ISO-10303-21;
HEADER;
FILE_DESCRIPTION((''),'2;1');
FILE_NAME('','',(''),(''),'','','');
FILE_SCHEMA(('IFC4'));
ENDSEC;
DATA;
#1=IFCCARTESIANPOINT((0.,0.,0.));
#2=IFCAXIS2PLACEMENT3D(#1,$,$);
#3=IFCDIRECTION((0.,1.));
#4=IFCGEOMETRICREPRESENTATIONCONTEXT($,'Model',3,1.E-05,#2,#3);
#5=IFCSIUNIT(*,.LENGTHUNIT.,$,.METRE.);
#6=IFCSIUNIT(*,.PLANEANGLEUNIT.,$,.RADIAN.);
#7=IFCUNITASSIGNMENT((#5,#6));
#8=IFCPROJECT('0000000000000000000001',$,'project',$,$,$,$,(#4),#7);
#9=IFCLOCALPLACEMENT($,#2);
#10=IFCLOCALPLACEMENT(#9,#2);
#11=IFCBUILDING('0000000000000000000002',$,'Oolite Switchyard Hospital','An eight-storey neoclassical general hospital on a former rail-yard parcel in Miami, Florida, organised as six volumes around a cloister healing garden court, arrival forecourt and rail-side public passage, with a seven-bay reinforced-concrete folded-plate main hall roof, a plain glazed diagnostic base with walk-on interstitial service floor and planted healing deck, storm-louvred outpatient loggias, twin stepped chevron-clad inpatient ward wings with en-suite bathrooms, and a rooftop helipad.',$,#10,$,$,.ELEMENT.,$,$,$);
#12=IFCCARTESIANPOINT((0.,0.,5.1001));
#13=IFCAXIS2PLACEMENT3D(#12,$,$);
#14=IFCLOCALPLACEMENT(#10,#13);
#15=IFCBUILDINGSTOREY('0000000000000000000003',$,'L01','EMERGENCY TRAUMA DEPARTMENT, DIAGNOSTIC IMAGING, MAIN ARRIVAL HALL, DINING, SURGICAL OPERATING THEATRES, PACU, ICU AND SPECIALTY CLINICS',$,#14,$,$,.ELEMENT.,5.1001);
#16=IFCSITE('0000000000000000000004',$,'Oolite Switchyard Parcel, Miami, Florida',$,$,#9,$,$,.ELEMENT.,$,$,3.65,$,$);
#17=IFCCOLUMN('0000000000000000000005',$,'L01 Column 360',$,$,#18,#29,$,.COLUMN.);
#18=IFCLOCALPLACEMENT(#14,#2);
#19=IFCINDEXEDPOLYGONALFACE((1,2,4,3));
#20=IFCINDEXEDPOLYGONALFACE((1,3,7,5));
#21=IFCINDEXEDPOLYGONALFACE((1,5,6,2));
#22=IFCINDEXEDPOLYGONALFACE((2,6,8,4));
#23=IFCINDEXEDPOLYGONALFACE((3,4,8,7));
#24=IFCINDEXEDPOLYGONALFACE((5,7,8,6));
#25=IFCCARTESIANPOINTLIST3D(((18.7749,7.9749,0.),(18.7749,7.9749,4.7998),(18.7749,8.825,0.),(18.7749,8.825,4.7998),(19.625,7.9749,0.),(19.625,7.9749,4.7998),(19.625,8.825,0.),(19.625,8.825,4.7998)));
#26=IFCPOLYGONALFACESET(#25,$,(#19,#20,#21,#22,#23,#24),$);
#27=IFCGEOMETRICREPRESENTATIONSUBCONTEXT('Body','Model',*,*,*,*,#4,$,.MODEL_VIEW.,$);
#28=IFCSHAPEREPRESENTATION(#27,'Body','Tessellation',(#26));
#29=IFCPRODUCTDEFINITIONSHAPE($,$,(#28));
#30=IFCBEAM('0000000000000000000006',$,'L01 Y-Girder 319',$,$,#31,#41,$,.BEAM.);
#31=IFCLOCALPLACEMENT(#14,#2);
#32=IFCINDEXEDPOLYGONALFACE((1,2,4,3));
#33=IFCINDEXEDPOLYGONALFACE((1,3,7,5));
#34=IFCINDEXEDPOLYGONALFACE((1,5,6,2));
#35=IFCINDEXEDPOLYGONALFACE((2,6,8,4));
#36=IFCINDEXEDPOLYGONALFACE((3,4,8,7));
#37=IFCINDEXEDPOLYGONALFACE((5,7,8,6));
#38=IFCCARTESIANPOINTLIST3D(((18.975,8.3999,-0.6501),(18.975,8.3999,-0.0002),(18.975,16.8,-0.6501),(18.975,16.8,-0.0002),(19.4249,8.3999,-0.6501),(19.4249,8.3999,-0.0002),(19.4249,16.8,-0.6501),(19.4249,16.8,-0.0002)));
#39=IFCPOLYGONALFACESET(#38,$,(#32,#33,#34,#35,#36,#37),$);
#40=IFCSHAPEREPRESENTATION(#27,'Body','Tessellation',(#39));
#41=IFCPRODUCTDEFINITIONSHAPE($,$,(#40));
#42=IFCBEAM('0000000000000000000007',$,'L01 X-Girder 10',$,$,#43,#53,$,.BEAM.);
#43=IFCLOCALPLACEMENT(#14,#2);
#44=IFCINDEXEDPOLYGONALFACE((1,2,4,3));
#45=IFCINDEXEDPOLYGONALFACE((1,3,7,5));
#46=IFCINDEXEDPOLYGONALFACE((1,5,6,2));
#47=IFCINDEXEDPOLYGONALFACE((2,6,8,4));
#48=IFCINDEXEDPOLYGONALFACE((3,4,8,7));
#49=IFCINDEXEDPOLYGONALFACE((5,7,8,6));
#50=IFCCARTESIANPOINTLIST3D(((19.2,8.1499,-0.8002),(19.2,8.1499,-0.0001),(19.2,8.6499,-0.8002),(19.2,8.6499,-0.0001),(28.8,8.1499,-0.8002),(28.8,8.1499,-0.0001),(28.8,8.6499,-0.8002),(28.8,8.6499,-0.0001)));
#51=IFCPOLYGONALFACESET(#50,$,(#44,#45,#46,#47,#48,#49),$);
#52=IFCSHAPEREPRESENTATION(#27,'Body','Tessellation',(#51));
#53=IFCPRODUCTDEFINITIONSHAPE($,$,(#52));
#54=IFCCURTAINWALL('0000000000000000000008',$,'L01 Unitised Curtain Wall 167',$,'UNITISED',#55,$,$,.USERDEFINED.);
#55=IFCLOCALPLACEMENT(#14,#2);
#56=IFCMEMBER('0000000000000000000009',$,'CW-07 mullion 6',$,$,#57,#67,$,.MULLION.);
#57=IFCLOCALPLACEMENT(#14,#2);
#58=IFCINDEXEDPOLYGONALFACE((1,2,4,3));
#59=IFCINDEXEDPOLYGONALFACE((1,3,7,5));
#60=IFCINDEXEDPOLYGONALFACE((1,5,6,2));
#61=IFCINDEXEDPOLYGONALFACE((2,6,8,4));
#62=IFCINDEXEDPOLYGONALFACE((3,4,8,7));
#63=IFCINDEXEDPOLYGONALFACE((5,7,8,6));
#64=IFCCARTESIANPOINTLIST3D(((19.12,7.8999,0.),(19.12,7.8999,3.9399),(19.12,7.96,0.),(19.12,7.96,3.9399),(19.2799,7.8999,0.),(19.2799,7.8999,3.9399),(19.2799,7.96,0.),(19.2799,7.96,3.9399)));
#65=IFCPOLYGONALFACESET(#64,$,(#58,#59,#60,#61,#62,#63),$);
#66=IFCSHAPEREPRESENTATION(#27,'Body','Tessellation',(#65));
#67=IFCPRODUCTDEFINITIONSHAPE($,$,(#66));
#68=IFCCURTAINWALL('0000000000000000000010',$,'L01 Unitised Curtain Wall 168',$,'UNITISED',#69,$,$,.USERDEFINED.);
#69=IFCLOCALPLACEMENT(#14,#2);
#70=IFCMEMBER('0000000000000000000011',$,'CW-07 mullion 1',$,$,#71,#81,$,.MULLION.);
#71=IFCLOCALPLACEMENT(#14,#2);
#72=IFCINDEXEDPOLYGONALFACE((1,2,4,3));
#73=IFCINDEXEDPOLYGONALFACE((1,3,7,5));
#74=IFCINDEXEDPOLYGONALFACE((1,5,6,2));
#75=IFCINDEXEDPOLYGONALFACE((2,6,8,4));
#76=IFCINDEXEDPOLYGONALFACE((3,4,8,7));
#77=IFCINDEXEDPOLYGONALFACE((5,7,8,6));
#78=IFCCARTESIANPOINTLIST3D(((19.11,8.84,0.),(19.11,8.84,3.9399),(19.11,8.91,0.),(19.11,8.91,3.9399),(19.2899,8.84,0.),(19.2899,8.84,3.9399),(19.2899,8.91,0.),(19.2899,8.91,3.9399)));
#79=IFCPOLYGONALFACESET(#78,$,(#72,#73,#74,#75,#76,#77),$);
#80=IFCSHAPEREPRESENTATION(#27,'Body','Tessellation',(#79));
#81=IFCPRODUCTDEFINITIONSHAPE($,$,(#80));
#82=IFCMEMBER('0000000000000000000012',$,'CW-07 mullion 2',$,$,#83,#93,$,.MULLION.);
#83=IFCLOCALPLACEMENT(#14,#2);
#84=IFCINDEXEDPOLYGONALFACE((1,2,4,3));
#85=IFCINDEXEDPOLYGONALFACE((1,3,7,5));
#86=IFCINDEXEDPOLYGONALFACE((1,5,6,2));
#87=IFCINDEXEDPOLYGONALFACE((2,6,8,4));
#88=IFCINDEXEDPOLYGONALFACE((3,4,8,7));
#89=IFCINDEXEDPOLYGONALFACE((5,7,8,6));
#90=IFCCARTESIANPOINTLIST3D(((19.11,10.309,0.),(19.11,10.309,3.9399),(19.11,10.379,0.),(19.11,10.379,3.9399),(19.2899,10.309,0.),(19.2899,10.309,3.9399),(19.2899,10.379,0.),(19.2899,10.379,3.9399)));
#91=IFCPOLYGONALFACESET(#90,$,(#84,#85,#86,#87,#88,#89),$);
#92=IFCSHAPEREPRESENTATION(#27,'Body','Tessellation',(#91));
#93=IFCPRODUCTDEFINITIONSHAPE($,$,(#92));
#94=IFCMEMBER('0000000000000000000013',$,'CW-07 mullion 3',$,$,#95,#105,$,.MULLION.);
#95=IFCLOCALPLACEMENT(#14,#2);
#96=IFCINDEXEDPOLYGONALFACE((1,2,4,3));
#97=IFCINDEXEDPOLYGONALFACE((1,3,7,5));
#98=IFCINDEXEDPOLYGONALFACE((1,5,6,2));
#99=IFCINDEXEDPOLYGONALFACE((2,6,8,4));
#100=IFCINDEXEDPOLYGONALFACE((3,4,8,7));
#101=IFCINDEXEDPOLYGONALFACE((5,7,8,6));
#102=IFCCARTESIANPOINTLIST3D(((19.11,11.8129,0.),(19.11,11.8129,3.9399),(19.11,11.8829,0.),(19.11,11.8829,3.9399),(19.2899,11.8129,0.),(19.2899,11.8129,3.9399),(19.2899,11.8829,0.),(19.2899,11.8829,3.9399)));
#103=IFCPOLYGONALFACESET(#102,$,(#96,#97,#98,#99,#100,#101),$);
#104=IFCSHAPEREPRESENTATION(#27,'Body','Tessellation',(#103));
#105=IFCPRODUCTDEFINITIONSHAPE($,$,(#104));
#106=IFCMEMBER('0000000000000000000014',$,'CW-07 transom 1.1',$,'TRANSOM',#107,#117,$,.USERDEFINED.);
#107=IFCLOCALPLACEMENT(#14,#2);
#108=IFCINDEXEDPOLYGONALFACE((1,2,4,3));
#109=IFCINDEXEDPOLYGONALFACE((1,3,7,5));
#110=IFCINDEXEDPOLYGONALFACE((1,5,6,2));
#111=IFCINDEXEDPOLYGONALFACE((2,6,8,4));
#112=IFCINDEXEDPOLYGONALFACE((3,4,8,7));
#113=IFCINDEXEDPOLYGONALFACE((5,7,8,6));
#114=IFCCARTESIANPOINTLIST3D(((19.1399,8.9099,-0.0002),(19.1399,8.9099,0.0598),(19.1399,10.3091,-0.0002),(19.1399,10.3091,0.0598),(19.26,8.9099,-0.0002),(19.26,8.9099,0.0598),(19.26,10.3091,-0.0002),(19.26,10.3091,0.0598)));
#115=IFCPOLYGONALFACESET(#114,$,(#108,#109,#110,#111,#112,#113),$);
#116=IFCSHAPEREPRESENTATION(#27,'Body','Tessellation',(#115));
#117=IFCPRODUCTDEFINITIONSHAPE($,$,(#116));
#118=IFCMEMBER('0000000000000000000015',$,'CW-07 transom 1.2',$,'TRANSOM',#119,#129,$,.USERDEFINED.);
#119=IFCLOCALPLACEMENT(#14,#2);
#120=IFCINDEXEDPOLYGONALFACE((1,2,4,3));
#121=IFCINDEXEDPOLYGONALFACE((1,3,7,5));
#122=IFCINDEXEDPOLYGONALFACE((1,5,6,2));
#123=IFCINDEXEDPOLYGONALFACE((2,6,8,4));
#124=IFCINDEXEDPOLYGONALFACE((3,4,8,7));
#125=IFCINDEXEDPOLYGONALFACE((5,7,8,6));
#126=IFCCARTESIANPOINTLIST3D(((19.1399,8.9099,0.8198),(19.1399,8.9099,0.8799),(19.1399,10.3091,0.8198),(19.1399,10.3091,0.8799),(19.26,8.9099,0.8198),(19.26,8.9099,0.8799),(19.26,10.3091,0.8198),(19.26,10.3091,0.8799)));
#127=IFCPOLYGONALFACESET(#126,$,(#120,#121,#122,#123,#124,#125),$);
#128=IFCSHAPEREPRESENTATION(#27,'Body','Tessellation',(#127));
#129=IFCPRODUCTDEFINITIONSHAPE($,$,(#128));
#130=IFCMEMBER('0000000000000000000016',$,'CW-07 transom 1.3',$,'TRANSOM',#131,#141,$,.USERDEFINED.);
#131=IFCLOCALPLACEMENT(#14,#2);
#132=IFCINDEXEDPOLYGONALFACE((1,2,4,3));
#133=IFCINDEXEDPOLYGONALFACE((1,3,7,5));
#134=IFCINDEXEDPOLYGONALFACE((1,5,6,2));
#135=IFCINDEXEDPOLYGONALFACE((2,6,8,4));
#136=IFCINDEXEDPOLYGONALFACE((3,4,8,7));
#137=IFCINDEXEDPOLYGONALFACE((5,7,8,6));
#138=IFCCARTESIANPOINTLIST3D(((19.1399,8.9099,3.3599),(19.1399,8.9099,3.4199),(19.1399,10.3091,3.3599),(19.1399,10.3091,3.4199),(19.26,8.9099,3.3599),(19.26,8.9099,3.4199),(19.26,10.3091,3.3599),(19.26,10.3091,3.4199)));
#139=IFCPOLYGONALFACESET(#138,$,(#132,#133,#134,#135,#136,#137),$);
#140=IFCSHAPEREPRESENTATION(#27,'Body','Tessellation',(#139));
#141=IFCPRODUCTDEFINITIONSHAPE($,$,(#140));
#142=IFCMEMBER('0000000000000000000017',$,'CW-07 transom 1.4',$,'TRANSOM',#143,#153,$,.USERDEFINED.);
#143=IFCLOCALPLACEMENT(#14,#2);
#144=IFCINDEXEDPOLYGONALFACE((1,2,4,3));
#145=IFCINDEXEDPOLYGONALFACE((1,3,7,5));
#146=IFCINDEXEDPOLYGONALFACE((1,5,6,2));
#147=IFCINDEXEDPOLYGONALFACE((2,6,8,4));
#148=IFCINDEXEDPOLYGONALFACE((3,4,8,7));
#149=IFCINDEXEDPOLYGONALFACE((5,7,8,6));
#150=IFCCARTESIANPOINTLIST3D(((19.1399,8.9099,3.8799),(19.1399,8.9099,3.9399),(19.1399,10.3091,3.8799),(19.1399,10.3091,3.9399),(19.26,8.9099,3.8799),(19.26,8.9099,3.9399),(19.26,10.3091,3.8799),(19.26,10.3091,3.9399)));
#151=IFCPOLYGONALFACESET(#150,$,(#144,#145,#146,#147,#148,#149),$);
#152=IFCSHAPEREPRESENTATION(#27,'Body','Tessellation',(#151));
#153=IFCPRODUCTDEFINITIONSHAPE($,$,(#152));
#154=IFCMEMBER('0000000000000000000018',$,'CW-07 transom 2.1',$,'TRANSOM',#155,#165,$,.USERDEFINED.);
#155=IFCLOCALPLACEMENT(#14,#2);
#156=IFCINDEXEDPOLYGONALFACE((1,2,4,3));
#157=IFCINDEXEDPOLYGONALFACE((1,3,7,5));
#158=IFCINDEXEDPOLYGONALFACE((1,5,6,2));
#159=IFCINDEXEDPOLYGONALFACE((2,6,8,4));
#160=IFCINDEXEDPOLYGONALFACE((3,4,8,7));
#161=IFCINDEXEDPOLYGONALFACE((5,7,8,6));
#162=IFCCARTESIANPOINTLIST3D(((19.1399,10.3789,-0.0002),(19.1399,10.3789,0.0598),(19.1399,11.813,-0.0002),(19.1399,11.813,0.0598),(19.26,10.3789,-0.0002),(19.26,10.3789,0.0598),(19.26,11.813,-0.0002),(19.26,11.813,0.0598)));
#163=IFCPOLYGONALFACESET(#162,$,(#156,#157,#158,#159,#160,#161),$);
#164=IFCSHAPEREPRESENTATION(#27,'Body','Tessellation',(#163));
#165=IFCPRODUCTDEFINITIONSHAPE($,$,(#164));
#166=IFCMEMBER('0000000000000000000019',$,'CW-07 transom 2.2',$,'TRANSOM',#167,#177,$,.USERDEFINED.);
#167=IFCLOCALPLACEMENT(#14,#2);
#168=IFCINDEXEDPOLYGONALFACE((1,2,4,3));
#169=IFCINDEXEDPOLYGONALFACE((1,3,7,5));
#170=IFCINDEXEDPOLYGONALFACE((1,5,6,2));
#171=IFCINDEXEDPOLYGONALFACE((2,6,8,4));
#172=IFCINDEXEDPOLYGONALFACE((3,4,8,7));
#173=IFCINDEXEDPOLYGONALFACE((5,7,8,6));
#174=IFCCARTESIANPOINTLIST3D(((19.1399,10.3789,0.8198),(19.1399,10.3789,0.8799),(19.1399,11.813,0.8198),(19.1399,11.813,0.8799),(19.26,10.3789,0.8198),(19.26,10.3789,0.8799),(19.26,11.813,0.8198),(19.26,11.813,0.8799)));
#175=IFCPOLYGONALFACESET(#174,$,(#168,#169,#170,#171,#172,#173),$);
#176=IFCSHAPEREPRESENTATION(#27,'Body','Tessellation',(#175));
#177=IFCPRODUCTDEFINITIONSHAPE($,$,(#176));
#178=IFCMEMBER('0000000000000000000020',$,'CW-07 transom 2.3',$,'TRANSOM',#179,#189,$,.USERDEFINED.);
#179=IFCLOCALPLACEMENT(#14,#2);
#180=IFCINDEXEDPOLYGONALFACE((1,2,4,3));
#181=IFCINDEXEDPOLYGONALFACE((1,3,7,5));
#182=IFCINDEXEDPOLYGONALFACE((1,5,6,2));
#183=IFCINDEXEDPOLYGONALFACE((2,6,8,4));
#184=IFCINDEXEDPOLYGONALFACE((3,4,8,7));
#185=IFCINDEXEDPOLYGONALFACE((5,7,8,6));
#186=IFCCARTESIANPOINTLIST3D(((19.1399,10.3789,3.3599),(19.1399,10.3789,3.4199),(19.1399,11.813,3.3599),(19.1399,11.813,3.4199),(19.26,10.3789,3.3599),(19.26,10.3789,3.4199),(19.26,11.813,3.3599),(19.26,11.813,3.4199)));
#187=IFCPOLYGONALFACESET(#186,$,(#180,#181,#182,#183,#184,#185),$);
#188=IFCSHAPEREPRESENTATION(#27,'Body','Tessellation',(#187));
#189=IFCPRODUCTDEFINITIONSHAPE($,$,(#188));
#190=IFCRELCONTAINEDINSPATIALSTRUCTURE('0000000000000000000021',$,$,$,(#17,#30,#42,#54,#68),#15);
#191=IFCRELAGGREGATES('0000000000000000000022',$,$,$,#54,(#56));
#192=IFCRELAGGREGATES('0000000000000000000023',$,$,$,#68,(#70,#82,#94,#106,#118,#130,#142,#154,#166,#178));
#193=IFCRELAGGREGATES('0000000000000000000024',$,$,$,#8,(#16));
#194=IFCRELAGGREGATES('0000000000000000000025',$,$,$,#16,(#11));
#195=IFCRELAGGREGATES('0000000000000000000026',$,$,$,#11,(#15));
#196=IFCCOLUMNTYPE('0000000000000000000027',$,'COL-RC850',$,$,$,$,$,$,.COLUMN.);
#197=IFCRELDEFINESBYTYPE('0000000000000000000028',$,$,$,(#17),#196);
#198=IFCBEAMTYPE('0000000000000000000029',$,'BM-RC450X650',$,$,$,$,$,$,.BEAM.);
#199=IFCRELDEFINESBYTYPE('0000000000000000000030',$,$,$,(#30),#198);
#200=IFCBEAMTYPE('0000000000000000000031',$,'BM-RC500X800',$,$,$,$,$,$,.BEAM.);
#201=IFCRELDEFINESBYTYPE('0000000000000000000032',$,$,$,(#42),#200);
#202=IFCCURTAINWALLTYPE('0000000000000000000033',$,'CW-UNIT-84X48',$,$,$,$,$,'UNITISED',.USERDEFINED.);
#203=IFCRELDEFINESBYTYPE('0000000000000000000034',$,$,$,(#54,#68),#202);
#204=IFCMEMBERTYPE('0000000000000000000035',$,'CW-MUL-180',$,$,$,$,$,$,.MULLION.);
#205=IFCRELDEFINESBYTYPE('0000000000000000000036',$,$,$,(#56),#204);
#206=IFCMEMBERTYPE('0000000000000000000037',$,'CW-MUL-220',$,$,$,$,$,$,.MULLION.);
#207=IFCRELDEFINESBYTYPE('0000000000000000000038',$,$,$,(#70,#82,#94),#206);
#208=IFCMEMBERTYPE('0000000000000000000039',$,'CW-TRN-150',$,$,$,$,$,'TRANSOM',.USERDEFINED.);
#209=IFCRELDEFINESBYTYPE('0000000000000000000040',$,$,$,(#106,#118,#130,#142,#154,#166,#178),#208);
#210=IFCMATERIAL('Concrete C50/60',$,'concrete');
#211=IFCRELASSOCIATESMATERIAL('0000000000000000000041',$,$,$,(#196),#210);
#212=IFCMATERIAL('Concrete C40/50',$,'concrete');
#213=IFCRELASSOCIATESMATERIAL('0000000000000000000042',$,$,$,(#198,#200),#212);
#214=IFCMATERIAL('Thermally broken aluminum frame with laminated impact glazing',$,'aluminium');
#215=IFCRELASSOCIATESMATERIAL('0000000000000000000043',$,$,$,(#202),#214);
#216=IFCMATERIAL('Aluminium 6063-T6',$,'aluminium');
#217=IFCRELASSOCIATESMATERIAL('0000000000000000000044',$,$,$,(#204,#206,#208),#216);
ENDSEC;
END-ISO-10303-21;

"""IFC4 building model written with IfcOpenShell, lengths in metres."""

from ifc_helpers import new_model, si_unit, direction, frame, origin, origin_2d, place, context, subcontext, project, spatial, rectangle, extrude, material, material_profile, profile_set, type_object, element, aggregate, save


model = new_model("IFC4")

# Units and contexts
model_context = context("Model", 3, precision=1e-05, world=origin(), true_north=direction((0.0, 1.0)))
body_context = subcontext(model_context, "Body", "Model", "MODEL_VIEW")
ifc_project = project(units=[si_unit("LENGTHUNIT", "METRE"), si_unit("PLANEANGLEUNIT", "RADIAN")], contexts=[model_context])

# Site, building, storey
site_placement = place(None, origin())
site = spatial("IfcSite", under=ifc_project, at=site_placement, Name="Oolite Switchyard Parcel, Miami, Florida", CompositionType="ELEMENT", RefElevation=3.65)
building_placement = place(site_placement, origin())
building = spatial("IfcBuilding", under=site, at=building_placement, Name="Oolite Switchyard Hospital", Description="An eight-storey neoclassical general hospital on a former rail-yard parcel in Miami, Florida, organised as six volumes around a cloister healing garden court, arrival forecourt and rail-side public passage, with a seven-bay reinforced-concrete folded-plate main hall roof, a plain glazed diagnostic base with walk-on interstitial service floor and planted healing deck, storm-louvred outpatient loggias, twin stepped chevron-clad inpatient ward wings with en-suite bathrooms, and a rooftop helipad.", CompositionType="ELEMENT")
storey_placement = place(building_placement, frame((0.0, 0.0, 5.1001)))
storey = spatial("IfcBuildingStorey", under=building, at=storey_placement, Name="L01", Description="EMERGENCY TRAUMA DEPARTMENT, DIAGNOSTIC IMAGING, MAIN ARRIVAL HALL, DINING, SURGICAL OPERATING THEATRES, PACU, ICU AND SPECIALTY CLINICS", CompositionType="ELEMENT", Elevation=5.1001)

# Column
ifc_material_1 = material(Name="Concrete C50/60", Category="concrete")
ifc_material_profile_1 = material_profile(ifc_material_1, rectangle(XDim=0.8501, YDim=0.8501, at=origin_2d()), Name="RC850X850")
ifc_profile_set_1 = profile_set([ifc_material_profile_1], Name="Concrete C50/60")
column_type = type_object("IfcColumnType", Name="COL-RC850", PredefinedType="COLUMN", material=ifc_profile_set_1)
column_placement = place(storey_placement, frame((19.2, 8.3999, 0.0), z_axis=(0.0, 0.0, 1.0), x_axis=(1.0, 0.0, 0.0)))
element("IfcColumn", 1, at=column_placement, inside=storey, type_object=column_type, Name="L01 Column 360", PredefinedType="COLUMN", context=body_context, shape_type="SweptSolid", body=[
    extrude(rectangle(XDim=0.8501, YDim=0.8501, at=origin_2d()), origin(), (0.0, 0.0, 1.0), 4.7998),
])

# Beams
ifc_material_2 = material(Name="Concrete C40/50", Category="concrete")
ifc_material_profile_2 = material_profile(ifc_material_2, rectangle(XDim=0.45, YDim=0.6499, at=origin_2d()), Name="RCB450X650")
ifc_profile_set_2 = profile_set([ifc_material_profile_2], Name="Concrete C40/50")
beam_type_1 = type_object("IfcBeamType", Name="BM-RC450X650", PredefinedType="BEAM", material=ifc_profile_set_2)
beam_1_placement = place(storey_placement, frame((19.2, 8.3999, -0.3252), z_axis=(0.0, 1.0, 0.0), x_axis=(-1.0, 0.0, 0.0)))
element("IfcBeam", 2, at=beam_1_placement, inside=storey, type_object=beam_type_1, Name="L01 Y-Girder 319", PredefinedType="BEAM", context=body_context, shape_type="SweptSolid", body=[
    extrude(rectangle(XDim=0.45, YDim=0.6499, at=origin_2d()), origin(), (0.0, 0.0, 1.0), 8.4001),
])
ifc_material_profile_3 = material_profile(ifc_material_2, rectangle(XDim=0.5, YDim=0.8, at=origin_2d()), Name="RCB500X800")
ifc_profile_set_3 = profile_set([ifc_material_profile_3], Name="Concrete C40/50")
beam_type_2 = type_object("IfcBeamType", Name="BM-RC500X800", PredefinedType="BEAM", material=ifc_profile_set_3)
beam_2_placement = place(storey_placement, frame((19.2, 8.3999, -0.4001), z_axis=(1.0, 0.0, 0.0), x_axis=(0.0, 1.0, 0.0)))
element("IfcBeam", 3, at=beam_2_placement, inside=storey, type_object=beam_type_2, Name="L01 X-Girder 10", PredefinedType="BEAM", context=body_context, shape_type="SweptSolid", body=[
    extrude(rectangle(XDim=0.5, YDim=0.8, at=origin_2d()), origin(), (0.0, 0.0, 1.0), 9.6001),
])

# Curtain wall, member
ifc_material_3 = material(Name="Thermally broken aluminum frame with laminated impact glazing", Category="aluminium")
curtain_wall_type = type_object("IfcCurtainWallType", Name="CW-UNIT-84X48", ElementType="UNITISED", PredefinedType="USERDEFINED", material=ifc_material_3)
curtain_wall_1_placement = place(storey_placement, origin())
curtain_wall_1 = element("IfcCurtainWall", 4, at=curtain_wall_1_placement, inside=storey, type_object=curtain_wall_type, Name="L01 Unitised Curtain Wall 167", ObjectType="UNITISED", PredefinedType="USERDEFINED")
ifc_material_4 = material(Name="Aluminium 6063-T6", Category="aluminium")
ifc_material_profile_4 = material_profile(ifc_material_4, rectangle(XDim=0.1599, YDim=0.0601, at=origin_2d()), Name="CWM60X160")
ifc_profile_set_4 = profile_set([ifc_material_profile_4], Name="Aluminium 6063-T6")
member_type_1 = type_object("IfcMemberType", Name="CW-MUL-180", PredefinedType="MULLION", material=ifc_profile_set_4)
member_1_placement = place(storey_placement, frame((19.2, 7.9299, 0.0), z_axis=(0.0, 0.0, 1.0), x_axis=(-1.0, 0.0, 0.0)))
member_1 = element("IfcMember", 5, at=member_1_placement, type_object=member_type_1, Name="CW-07 mullion 6", PredefinedType="MULLION", context=body_context, shape_type="SweptSolid", body=[
    extrude(rectangle(XDim=0.1599, YDim=0.0601, at=origin_2d()), origin(), (0.0, 0.0, 1.0), 3.9399),
])
aggregate(curtain_wall_1, [member_1])

# Curtain wall, members
curtain_wall_2_placement = place(storey_placement, origin())
curtain_wall_2 = element("IfcCurtainWall", 6, at=curtain_wall_2_placement, inside=storey, type_object=curtain_wall_type, Name="L01 Unitised Curtain Wall 168", ObjectType="UNITISED", PredefinedType="USERDEFINED")
ifc_material_profile_5 = material_profile(ifc_material_4, rectangle(XDim=0.1799, YDim=0.0701, at=origin_2d()), Name="CWM70X180")
ifc_profile_set_5 = profile_set([ifc_material_profile_5], Name="Aluminium 6063-T6")
member_type_2 = type_object("IfcMemberType", Name="CW-MUL-220", PredefinedType="MULLION", material=ifc_profile_set_5)
member_2_placement = place(storey_placement, frame((19.2, 8.875, 0.0), z_axis=(0.0, 0.0, 1.0), x_axis=(-1.0, 0.0, 0.0)))
member_2 = element("IfcMember", 7, at=member_2_placement, type_object=member_type_2, Name="CW-07 mullion 1", PredefinedType="MULLION", context=body_context, shape_type="SweptSolid", body=[
    extrude(rectangle(XDim=0.1799, YDim=0.0701, at=origin_2d()), origin(), (0.0, 0.0, 1.0), 3.9399),
])
member_3_placement = place(storey_placement, frame((19.2, 10.344, 0.0), z_axis=(0.0, 0.0, 1.0), x_axis=(-1.0, 0.0, 0.0)))
member_3 = element("IfcMember", 8, at=member_3_placement, type_object=member_type_2, Name="CW-07 mullion 2", PredefinedType="MULLION", context=body_context, shape_type="SweptSolid", body=[
    extrude(rectangle(XDim=0.1799, YDim=0.0701, at=origin_2d()), origin(), (0.0, 0.0, 1.0), 3.9399),
])
member_4_placement = place(storey_placement, frame((19.2, 11.8479, 0.0), z_axis=(0.0, 0.0, 1.0), x_axis=(-1.0, 0.0, 0.0)))
member_4 = element("IfcMember", 9, at=member_4_placement, type_object=member_type_2, Name="CW-07 mullion 3", PredefinedType="MULLION", context=body_context, shape_type="SweptSolid", body=[
    extrude(rectangle(XDim=0.1799, YDim=0.0701, at=origin_2d()), origin(), (0.0, 0.0, 1.0), 3.9399),
])
ifc_material_profile_6 = material_profile(ifc_material_4, rectangle(XDim=0.1201, YDim=0.0601, at=origin_2d()), Name="CWT60X120")
ifc_profile_set_6 = profile_set([ifc_material_profile_6], Name="Aluminium 6063-T6")
member_type_3 = type_object("IfcMemberType", Name="CW-TRN-150", ElementType="TRANSOM", PredefinedType="USERDEFINED", material=ifc_profile_set_6)
member_5_placement = place(storey_placement, frame((19.2, 8.9099, 0.0298), z_axis=(0.0, 1.0, 0.0), x_axis=(-1.0, 0.0, 0.0)))
member_5 = element("IfcMember", 10, at=member_5_placement, type_object=member_type_3, Name="CW-07 transom 1.1", ObjectType="TRANSOM", PredefinedType="USERDEFINED", context=body_context, shape_type="SweptSolid", body=[
    extrude(rectangle(XDim=0.1201, YDim=0.0601, at=origin_2d()), origin(), (0.0, 0.0, 1.0), 1.3992),
])
member_6_placement = place(storey_placement, frame((19.2, 8.9099, 0.8499), z_axis=(0.0, 1.0, 0.0), x_axis=(-1.0, 0.0, 0.0)))
member_6 = element("IfcMember", 11, at=member_6_placement, type_object=member_type_3, Name="CW-07 transom 1.2", ObjectType="TRANSOM", PredefinedType="USERDEFINED", context=body_context, shape_type="SweptSolid", body=[
    extrude(rectangle(XDim=0.1201, YDim=0.0601, at=origin_2d()), origin(), (0.0, 0.0, 1.0), 1.3992),
])
member_7_placement = place(storey_placement, frame((19.2, 8.9099, 3.3899), z_axis=(0.0, 1.0, 0.0), x_axis=(-1.0, 0.0, 0.0)))
member_7 = element("IfcMember", 12, at=member_7_placement, type_object=member_type_3, Name="CW-07 transom 1.3", ObjectType="TRANSOM", PredefinedType="USERDEFINED", context=body_context, shape_type="SweptSolid", body=[
    extrude(rectangle(XDim=0.1201, YDim=0.0601, at=origin_2d()), origin(), (0.0, 0.0, 1.0), 1.3992),
])
member_8_placement = place(storey_placement, frame((19.2, 8.9099, 3.9099), z_axis=(0.0, 1.0, 0.0), x_axis=(-1.0, 0.0, 0.0)))
member_8 = element("IfcMember", 13, at=member_8_placement, type_object=member_type_3, Name="CW-07 transom 1.4", ObjectType="TRANSOM", PredefinedType="USERDEFINED", context=body_context, shape_type="SweptSolid", body=[
    extrude(rectangle(XDim=0.1201, YDim=0.0601, at=origin_2d()), origin(), (0.0, 0.0, 1.0), 1.3992),
])
member_9_placement = place(storey_placement, frame((19.2, 10.3789, 0.0298), z_axis=(0.0, 1.0, 0.0), x_axis=(-1.0, 0.0, 0.0)))
member_9 = element("IfcMember", 14, at=member_9_placement, type_object=member_type_3, Name="CW-07 transom 2.1", ObjectType="TRANSOM", PredefinedType="USERDEFINED", context=body_context, shape_type="SweptSolid", body=[
    extrude(rectangle(XDim=0.1201, YDim=0.0601, at=origin_2d()), origin(), (0.0, 0.0, 1.0), 1.4341),
])
member_10_placement = place(storey_placement, frame((19.2, 10.3789, 0.8499), z_axis=(0.0, 1.0, 0.0), x_axis=(-1.0, 0.0, 0.0)))
member_10 = element("IfcMember", 15, at=member_10_placement, type_object=member_type_3, Name="CW-07 transom 2.2", ObjectType="TRANSOM", PredefinedType="USERDEFINED", context=body_context, shape_type="SweptSolid", body=[
    extrude(rectangle(XDim=0.1201, YDim=0.0601, at=origin_2d()), origin(), (0.0, 0.0, 1.0), 1.4341),
])
member_11_placement = place(storey_placement, frame((19.2, 10.3789, 3.3899), z_axis=(0.0, 1.0, 0.0), x_axis=(-1.0, 0.0, 0.0)))
member_11 = element("IfcMember", 16, at=member_11_placement, type_object=member_type_3, Name="CW-07 transom 2.3", ObjectType="TRANSOM", PredefinedType="USERDEFINED", context=body_context, shape_type="SweptSolid", body=[
    extrude(rectangle(XDim=0.1201, YDim=0.0601, at=origin_2d()), origin(), (0.0, 0.0, 1.0), 1.4341),
])
aggregate(curtain_wall_2, [member_2, member_3, member_4, member_5, member_6, member_7, member_8, member_9, member_10, member_11])

save(model, "model.ifc")
